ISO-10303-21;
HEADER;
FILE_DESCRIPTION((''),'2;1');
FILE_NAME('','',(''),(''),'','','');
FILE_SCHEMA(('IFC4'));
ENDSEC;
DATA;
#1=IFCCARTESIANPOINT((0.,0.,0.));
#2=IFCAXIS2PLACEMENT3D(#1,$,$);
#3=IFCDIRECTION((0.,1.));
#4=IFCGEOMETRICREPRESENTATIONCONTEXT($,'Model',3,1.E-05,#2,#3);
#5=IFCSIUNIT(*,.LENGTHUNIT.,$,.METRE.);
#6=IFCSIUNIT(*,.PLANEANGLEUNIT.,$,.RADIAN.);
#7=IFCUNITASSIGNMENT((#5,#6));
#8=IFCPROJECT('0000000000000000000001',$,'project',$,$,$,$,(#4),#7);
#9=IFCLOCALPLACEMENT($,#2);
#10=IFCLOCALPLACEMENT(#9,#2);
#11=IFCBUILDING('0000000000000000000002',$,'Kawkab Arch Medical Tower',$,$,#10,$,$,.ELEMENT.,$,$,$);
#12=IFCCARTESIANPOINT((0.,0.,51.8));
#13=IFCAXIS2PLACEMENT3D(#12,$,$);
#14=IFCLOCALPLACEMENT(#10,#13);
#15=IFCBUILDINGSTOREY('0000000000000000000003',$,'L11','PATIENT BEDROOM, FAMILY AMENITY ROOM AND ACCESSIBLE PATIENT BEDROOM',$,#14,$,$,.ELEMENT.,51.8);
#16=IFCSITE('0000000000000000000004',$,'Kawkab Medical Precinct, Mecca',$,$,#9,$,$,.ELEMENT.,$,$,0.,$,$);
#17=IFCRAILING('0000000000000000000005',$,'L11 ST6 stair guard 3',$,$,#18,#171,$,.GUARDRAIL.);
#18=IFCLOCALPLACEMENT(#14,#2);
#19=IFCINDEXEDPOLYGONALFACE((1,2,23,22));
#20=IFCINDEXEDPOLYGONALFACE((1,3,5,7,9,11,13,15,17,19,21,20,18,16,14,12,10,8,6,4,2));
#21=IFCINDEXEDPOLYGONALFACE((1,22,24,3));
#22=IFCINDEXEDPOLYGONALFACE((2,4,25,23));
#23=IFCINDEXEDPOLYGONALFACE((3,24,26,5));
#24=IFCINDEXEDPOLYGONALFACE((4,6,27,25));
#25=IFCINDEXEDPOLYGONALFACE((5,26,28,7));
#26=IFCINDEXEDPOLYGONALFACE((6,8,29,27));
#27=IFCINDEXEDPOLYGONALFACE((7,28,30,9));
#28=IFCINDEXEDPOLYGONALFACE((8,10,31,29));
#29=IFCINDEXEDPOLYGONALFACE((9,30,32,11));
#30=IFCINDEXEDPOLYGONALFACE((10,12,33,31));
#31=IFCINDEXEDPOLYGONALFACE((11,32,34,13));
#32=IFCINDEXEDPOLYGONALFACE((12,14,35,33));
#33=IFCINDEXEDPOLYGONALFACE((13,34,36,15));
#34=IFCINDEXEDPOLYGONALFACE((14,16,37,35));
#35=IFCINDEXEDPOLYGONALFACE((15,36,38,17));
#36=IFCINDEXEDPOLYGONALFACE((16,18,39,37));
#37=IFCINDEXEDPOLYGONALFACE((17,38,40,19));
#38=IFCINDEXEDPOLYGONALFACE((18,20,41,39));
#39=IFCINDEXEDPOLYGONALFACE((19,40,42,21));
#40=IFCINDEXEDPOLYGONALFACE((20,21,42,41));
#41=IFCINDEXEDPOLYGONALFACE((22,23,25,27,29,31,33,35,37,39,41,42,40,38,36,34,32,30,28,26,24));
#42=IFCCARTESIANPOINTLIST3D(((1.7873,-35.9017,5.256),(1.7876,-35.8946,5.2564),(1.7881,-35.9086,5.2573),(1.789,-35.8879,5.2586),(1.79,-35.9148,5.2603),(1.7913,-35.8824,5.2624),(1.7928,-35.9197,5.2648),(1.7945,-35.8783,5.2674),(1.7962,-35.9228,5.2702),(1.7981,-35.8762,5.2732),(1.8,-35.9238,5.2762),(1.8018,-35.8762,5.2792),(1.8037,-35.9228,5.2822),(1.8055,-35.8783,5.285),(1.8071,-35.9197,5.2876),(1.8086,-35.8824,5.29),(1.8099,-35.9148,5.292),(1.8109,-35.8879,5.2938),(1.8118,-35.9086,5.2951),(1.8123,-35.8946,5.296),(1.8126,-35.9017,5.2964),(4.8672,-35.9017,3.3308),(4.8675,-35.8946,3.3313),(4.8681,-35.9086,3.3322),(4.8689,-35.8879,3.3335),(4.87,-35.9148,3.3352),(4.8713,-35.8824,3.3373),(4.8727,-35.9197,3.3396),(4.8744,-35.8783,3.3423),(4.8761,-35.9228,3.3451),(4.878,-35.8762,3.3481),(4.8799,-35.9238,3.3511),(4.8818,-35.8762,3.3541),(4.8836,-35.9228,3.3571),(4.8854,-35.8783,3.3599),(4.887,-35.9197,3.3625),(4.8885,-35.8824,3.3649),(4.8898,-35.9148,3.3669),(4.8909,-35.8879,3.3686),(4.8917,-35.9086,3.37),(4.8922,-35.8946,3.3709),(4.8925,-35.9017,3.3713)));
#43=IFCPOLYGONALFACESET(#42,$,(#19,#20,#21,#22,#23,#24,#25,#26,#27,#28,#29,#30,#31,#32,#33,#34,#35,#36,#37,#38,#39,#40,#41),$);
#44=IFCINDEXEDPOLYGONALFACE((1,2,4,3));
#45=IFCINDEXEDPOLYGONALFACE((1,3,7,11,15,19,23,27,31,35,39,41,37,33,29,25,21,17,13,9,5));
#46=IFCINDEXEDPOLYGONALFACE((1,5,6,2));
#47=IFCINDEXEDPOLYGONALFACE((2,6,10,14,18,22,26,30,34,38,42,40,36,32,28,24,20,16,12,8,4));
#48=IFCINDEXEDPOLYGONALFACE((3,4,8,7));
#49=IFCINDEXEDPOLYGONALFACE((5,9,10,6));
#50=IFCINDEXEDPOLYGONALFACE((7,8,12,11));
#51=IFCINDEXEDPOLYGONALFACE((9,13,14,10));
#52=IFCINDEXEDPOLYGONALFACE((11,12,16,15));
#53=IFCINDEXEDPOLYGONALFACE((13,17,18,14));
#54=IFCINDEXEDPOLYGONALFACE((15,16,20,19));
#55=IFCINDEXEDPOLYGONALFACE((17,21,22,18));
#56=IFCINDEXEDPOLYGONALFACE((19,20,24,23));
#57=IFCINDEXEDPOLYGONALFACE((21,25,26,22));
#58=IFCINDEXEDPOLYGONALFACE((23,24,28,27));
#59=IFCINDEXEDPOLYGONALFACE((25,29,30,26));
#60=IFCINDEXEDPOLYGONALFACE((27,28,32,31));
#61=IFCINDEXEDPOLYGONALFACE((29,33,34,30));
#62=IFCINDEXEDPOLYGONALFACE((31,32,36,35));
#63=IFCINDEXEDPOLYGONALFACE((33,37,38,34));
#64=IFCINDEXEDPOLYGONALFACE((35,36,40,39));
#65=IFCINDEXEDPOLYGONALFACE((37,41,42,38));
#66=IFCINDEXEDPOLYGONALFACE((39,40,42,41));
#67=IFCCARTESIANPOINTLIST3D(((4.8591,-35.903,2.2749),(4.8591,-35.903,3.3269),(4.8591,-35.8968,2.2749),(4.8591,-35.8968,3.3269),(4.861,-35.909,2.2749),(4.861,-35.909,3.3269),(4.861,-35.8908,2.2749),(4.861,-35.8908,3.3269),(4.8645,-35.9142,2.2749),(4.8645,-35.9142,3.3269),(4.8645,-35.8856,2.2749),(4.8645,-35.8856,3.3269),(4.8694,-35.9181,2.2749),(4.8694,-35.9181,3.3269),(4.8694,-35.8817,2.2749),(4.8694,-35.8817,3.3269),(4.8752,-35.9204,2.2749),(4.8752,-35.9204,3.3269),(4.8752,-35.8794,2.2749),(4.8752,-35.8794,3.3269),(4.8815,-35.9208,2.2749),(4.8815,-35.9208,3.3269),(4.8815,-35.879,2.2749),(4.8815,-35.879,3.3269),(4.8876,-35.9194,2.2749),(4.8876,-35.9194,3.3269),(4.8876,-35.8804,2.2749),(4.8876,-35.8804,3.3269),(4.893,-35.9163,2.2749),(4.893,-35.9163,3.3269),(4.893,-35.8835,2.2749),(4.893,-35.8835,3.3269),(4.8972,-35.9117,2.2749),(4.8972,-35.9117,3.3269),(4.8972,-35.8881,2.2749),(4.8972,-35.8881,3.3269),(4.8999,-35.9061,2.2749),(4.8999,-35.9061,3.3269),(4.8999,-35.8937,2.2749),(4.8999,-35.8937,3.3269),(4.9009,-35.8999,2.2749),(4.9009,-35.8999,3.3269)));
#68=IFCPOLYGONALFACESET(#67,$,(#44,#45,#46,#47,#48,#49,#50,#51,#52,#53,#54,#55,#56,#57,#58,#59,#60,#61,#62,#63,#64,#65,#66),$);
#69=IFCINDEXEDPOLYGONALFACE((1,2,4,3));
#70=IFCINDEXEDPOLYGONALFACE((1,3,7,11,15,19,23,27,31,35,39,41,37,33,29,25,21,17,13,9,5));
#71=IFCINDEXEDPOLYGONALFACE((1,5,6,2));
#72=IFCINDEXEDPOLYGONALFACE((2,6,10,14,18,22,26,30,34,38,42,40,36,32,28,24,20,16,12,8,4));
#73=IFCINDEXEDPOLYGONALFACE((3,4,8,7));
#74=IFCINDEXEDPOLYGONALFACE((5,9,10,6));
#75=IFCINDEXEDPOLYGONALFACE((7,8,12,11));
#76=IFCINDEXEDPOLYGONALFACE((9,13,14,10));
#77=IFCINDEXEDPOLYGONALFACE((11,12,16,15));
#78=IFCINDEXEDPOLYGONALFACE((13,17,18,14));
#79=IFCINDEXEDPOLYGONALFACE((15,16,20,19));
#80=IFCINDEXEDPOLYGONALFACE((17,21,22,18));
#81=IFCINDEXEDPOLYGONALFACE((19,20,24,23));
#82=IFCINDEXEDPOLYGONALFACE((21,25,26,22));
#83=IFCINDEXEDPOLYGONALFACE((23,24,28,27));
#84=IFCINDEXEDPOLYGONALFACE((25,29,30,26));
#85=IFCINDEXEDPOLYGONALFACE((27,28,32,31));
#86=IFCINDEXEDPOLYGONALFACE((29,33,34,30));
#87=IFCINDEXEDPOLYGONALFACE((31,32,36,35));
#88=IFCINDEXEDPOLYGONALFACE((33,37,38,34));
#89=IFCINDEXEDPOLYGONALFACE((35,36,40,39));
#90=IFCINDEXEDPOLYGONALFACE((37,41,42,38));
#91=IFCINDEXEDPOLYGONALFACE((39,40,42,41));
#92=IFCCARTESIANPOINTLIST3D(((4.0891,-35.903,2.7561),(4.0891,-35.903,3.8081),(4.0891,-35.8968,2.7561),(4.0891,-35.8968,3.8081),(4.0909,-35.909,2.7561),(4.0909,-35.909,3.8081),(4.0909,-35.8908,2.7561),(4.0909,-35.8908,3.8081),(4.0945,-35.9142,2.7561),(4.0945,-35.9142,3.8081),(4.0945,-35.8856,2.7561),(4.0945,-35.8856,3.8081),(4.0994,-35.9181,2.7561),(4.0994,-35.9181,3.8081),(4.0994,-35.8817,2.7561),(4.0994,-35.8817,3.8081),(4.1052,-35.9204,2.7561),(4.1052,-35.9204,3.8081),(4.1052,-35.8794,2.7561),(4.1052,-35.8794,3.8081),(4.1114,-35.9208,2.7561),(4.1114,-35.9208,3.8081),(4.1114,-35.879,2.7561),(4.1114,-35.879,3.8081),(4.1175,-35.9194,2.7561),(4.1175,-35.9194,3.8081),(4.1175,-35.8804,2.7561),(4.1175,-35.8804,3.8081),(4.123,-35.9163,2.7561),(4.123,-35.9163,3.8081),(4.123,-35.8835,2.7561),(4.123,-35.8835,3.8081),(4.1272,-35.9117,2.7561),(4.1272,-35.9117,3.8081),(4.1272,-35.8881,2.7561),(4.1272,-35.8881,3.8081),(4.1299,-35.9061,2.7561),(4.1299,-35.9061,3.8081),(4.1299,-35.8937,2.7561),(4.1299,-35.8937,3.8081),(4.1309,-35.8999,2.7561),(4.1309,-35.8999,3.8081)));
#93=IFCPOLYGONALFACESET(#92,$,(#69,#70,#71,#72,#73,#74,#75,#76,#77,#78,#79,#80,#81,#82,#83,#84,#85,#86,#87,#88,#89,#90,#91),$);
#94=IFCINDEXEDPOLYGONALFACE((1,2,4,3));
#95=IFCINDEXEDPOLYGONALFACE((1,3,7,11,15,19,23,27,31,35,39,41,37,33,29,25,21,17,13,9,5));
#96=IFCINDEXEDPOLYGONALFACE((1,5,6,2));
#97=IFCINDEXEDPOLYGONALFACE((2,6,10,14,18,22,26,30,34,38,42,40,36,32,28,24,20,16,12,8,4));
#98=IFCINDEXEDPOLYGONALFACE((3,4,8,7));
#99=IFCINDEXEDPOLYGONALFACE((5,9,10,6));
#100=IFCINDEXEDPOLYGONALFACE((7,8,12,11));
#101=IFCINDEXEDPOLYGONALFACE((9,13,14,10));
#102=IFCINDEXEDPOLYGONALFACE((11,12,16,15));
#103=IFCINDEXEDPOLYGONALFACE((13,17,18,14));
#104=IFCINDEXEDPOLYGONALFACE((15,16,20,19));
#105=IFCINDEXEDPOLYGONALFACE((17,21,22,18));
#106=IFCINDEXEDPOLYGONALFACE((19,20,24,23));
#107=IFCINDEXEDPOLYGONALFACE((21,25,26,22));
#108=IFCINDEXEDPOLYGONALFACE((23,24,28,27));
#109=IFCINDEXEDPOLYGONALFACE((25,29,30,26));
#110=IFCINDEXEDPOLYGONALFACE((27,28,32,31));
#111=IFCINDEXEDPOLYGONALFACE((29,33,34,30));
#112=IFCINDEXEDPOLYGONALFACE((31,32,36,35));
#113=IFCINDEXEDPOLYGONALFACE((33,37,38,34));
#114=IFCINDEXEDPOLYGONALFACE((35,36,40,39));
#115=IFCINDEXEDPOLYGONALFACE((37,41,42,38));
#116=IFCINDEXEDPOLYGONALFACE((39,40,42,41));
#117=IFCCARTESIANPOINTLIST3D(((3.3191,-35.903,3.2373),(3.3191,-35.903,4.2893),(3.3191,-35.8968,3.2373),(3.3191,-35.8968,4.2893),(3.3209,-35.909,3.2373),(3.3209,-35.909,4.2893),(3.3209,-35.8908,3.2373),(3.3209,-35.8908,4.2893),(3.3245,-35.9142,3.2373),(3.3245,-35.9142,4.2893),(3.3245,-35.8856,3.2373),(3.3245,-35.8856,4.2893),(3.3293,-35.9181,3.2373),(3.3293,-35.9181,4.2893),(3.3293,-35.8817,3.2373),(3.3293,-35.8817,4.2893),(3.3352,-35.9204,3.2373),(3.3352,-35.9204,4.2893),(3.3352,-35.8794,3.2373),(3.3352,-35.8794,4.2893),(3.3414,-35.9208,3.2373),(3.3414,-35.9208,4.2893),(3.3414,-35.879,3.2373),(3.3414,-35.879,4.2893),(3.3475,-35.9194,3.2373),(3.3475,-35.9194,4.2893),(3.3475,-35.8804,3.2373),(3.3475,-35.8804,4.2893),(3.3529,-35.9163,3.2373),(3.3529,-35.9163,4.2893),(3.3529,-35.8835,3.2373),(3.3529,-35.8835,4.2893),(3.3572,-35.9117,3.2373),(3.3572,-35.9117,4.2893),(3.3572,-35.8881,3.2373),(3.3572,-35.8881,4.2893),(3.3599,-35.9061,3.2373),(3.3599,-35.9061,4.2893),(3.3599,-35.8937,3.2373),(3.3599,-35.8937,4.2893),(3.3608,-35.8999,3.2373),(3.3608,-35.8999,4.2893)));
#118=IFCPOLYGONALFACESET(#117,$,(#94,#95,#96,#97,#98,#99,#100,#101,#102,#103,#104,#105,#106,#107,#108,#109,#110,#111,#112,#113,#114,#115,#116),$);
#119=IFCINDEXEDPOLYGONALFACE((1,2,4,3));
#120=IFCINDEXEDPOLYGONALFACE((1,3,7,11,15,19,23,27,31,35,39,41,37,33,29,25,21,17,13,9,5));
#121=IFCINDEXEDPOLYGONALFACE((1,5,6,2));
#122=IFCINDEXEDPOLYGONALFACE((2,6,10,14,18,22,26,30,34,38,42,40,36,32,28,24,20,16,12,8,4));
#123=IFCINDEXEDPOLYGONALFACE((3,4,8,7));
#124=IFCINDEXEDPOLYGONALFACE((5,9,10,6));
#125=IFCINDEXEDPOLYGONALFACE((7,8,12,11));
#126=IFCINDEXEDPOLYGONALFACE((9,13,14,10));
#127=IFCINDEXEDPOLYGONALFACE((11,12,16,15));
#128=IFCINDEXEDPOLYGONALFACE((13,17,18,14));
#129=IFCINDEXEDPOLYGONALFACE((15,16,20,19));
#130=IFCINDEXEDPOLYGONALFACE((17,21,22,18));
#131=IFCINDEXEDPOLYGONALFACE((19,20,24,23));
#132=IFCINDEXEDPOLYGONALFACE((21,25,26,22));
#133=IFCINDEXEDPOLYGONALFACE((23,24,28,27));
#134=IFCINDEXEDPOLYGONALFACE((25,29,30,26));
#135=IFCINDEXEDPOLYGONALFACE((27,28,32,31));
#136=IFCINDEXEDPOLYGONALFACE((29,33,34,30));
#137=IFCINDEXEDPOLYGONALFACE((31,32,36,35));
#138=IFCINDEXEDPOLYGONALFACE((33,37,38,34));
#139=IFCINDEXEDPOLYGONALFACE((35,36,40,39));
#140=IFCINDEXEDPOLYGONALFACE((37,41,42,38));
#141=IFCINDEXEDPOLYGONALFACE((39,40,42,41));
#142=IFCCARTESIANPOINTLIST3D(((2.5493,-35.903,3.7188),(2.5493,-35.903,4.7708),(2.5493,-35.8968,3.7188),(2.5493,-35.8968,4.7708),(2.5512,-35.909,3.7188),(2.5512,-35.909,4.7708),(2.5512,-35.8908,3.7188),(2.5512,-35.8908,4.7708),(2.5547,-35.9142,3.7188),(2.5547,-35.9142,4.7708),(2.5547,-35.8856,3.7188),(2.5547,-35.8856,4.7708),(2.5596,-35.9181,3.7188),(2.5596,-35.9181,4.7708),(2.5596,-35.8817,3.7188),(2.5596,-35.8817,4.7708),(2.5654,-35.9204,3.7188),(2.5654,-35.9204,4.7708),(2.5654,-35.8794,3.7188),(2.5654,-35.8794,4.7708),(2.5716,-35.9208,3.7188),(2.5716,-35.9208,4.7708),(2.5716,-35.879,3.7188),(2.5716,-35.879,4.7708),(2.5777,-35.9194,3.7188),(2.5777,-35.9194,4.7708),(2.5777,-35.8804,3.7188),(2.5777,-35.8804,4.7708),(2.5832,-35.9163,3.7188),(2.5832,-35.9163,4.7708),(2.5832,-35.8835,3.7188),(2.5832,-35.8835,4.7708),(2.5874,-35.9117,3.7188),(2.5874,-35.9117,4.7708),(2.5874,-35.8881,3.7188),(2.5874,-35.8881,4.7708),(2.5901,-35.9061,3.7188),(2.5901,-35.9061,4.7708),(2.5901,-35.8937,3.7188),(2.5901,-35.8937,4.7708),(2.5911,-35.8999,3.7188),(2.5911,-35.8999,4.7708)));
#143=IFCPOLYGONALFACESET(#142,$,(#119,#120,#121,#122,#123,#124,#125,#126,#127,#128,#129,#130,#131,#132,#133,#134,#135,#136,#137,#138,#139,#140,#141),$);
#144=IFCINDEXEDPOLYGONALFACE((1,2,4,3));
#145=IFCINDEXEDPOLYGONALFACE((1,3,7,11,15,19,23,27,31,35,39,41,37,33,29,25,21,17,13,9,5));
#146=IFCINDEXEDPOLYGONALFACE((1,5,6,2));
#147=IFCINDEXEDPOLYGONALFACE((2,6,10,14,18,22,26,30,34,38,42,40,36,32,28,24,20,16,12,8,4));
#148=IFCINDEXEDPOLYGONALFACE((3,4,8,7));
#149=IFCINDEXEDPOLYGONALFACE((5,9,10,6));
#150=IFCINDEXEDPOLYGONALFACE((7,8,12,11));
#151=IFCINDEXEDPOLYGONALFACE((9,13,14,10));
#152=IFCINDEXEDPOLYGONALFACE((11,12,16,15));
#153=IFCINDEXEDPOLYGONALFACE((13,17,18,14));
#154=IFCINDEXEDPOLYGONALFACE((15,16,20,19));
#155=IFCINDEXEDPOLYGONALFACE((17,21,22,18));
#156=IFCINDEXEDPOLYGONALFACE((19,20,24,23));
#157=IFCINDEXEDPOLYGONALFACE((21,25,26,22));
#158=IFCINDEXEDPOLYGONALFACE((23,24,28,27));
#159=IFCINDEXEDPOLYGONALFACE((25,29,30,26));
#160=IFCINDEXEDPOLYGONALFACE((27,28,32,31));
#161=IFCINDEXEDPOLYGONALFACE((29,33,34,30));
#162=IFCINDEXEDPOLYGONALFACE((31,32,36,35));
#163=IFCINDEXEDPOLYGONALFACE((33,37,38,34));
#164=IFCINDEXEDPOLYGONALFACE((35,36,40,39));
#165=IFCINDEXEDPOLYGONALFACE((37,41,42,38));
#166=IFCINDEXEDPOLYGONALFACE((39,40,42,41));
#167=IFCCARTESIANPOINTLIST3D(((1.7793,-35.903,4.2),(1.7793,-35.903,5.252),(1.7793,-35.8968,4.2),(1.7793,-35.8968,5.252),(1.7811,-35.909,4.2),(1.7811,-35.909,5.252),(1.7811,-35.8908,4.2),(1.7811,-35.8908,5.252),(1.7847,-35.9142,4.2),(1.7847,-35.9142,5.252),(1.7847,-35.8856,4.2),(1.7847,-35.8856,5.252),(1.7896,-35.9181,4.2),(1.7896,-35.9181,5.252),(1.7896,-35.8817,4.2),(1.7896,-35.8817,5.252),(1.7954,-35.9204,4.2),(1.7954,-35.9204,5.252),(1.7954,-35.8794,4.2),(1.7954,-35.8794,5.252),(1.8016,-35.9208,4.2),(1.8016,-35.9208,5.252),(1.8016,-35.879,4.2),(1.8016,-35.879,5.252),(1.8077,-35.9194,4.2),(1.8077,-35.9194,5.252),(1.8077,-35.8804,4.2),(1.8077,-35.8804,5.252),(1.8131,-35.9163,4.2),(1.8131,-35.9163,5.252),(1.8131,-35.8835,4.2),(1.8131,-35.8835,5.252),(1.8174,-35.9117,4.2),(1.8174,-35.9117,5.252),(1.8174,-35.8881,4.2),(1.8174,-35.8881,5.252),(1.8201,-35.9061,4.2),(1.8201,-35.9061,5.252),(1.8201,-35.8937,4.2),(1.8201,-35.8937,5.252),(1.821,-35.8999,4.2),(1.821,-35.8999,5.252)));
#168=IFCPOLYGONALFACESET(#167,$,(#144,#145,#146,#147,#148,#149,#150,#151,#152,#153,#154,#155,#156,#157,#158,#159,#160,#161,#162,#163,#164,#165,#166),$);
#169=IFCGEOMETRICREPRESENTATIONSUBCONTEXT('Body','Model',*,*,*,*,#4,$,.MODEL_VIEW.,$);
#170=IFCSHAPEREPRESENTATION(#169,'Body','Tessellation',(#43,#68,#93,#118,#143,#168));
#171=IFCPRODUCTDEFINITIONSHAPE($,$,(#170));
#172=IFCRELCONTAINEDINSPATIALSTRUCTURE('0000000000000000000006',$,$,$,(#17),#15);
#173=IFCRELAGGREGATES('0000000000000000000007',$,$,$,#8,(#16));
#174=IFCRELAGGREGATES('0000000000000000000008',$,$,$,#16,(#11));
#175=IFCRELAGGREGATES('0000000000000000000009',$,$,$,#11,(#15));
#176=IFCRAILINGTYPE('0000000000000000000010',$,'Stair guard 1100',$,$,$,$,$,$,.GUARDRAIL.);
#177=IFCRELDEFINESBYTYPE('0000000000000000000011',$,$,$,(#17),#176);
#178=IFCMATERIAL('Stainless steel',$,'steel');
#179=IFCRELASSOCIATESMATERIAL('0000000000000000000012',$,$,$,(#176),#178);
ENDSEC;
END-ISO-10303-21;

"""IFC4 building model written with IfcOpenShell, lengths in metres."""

from ifc_helpers import new_model, si_unit, direction, frame, origin, origin_2d, place, context, subcontext, project, spatial, circle, extrude, material, type_object, element, save


model = new_model("IFC4")

# Units and contexts
model_context = context("Model", 3, precision=1e-05, world=origin(), true_north=direction((0.0, 1.0)))
body_context = subcontext(model_context, "Body", "Model", "MODEL_VIEW")
ifc_project = project(units=[si_unit("LENGTHUNIT", "METRE"), si_unit("PLANEANGLEUNIT", "RADIAN")], contexts=[model_context])

# Site, building, storey
site_placement = place(None, origin())
site = spatial("IfcSite", under=ifc_project, at=site_placement, Name="Kawkab Medical Precinct, Mecca", CompositionType="ELEMENT", RefElevation=0.0)
building_placement = place(site_placement, origin())
building = spatial("IfcBuilding", under=site, at=building_placement, Name="Kawkab Arch Medical Tower", CompositionType="ELEMENT")
storey_placement = place(building_placement, frame((0.0, 0.0, 51.8)))
storey = spatial("IfcBuildingStorey", under=building, at=storey_placement, Name="L11", Description="PATIENT BEDROOM, FAMILY AMENITY ROOM AND ACCESSIBLE PATIENT BEDROOM", CompositionType="ELEMENT", Elevation=51.8)

# Railing
ifc_material_1 = material(Name="Stainless steel", Category="steel")
railing_type = type_object("IfcRailingType", Name="Stair guard 1100", PredefinedType="GUARDRAIL", material=ifc_material_1)
railing_1_placement = place(storey_placement, frame((4.8799, -35.8999, 2.2749)))
element("IfcRailing", 1, at=railing_1_placement, inside=storey, type_object=railing_type, Name="L11 ST6 stair guard 3", PredefinedType="GUARDRAIL", context=body_context, shape_type="SweptSolid", body=[
    extrude(circle(Radius=0.0239, at=origin_2d()), frame((0.0, 0.0, 1.0762), z_axis=(-0.847979, 0.0, 0.530029), x_axis=(0.0, -1.0, 0.0)), (0.0, 0.0, 1.0), 3.6321),
    extrude(circle(Radius=0.021, at=origin_2d()), origin(), (0.0, 0.0, 1.0), 1.052),
    extrude(circle(Radius=0.021, at=origin_2d()), frame((-0.77, 0.0, 0.4812)), (0.0, 0.0, 1.0), 1.052),
    extrude(circle(Radius=0.021, at=origin_2d()), frame((-1.54, 0.0, 0.9624)), (0.0, 0.0, 1.0), 1.052),
    extrude(circle(Radius=0.021, at=origin_2d()), frame((-2.3098, 0.0, 1.4438)), (0.0, 0.0, 1.0), 1.052),
    extrude(circle(Radius=0.021, at=origin_2d()), frame((-3.0798, 0.0, 1.925)), (0.0, 0.0, 1.0), 1.052),
])

save(model, "model.ifc")
